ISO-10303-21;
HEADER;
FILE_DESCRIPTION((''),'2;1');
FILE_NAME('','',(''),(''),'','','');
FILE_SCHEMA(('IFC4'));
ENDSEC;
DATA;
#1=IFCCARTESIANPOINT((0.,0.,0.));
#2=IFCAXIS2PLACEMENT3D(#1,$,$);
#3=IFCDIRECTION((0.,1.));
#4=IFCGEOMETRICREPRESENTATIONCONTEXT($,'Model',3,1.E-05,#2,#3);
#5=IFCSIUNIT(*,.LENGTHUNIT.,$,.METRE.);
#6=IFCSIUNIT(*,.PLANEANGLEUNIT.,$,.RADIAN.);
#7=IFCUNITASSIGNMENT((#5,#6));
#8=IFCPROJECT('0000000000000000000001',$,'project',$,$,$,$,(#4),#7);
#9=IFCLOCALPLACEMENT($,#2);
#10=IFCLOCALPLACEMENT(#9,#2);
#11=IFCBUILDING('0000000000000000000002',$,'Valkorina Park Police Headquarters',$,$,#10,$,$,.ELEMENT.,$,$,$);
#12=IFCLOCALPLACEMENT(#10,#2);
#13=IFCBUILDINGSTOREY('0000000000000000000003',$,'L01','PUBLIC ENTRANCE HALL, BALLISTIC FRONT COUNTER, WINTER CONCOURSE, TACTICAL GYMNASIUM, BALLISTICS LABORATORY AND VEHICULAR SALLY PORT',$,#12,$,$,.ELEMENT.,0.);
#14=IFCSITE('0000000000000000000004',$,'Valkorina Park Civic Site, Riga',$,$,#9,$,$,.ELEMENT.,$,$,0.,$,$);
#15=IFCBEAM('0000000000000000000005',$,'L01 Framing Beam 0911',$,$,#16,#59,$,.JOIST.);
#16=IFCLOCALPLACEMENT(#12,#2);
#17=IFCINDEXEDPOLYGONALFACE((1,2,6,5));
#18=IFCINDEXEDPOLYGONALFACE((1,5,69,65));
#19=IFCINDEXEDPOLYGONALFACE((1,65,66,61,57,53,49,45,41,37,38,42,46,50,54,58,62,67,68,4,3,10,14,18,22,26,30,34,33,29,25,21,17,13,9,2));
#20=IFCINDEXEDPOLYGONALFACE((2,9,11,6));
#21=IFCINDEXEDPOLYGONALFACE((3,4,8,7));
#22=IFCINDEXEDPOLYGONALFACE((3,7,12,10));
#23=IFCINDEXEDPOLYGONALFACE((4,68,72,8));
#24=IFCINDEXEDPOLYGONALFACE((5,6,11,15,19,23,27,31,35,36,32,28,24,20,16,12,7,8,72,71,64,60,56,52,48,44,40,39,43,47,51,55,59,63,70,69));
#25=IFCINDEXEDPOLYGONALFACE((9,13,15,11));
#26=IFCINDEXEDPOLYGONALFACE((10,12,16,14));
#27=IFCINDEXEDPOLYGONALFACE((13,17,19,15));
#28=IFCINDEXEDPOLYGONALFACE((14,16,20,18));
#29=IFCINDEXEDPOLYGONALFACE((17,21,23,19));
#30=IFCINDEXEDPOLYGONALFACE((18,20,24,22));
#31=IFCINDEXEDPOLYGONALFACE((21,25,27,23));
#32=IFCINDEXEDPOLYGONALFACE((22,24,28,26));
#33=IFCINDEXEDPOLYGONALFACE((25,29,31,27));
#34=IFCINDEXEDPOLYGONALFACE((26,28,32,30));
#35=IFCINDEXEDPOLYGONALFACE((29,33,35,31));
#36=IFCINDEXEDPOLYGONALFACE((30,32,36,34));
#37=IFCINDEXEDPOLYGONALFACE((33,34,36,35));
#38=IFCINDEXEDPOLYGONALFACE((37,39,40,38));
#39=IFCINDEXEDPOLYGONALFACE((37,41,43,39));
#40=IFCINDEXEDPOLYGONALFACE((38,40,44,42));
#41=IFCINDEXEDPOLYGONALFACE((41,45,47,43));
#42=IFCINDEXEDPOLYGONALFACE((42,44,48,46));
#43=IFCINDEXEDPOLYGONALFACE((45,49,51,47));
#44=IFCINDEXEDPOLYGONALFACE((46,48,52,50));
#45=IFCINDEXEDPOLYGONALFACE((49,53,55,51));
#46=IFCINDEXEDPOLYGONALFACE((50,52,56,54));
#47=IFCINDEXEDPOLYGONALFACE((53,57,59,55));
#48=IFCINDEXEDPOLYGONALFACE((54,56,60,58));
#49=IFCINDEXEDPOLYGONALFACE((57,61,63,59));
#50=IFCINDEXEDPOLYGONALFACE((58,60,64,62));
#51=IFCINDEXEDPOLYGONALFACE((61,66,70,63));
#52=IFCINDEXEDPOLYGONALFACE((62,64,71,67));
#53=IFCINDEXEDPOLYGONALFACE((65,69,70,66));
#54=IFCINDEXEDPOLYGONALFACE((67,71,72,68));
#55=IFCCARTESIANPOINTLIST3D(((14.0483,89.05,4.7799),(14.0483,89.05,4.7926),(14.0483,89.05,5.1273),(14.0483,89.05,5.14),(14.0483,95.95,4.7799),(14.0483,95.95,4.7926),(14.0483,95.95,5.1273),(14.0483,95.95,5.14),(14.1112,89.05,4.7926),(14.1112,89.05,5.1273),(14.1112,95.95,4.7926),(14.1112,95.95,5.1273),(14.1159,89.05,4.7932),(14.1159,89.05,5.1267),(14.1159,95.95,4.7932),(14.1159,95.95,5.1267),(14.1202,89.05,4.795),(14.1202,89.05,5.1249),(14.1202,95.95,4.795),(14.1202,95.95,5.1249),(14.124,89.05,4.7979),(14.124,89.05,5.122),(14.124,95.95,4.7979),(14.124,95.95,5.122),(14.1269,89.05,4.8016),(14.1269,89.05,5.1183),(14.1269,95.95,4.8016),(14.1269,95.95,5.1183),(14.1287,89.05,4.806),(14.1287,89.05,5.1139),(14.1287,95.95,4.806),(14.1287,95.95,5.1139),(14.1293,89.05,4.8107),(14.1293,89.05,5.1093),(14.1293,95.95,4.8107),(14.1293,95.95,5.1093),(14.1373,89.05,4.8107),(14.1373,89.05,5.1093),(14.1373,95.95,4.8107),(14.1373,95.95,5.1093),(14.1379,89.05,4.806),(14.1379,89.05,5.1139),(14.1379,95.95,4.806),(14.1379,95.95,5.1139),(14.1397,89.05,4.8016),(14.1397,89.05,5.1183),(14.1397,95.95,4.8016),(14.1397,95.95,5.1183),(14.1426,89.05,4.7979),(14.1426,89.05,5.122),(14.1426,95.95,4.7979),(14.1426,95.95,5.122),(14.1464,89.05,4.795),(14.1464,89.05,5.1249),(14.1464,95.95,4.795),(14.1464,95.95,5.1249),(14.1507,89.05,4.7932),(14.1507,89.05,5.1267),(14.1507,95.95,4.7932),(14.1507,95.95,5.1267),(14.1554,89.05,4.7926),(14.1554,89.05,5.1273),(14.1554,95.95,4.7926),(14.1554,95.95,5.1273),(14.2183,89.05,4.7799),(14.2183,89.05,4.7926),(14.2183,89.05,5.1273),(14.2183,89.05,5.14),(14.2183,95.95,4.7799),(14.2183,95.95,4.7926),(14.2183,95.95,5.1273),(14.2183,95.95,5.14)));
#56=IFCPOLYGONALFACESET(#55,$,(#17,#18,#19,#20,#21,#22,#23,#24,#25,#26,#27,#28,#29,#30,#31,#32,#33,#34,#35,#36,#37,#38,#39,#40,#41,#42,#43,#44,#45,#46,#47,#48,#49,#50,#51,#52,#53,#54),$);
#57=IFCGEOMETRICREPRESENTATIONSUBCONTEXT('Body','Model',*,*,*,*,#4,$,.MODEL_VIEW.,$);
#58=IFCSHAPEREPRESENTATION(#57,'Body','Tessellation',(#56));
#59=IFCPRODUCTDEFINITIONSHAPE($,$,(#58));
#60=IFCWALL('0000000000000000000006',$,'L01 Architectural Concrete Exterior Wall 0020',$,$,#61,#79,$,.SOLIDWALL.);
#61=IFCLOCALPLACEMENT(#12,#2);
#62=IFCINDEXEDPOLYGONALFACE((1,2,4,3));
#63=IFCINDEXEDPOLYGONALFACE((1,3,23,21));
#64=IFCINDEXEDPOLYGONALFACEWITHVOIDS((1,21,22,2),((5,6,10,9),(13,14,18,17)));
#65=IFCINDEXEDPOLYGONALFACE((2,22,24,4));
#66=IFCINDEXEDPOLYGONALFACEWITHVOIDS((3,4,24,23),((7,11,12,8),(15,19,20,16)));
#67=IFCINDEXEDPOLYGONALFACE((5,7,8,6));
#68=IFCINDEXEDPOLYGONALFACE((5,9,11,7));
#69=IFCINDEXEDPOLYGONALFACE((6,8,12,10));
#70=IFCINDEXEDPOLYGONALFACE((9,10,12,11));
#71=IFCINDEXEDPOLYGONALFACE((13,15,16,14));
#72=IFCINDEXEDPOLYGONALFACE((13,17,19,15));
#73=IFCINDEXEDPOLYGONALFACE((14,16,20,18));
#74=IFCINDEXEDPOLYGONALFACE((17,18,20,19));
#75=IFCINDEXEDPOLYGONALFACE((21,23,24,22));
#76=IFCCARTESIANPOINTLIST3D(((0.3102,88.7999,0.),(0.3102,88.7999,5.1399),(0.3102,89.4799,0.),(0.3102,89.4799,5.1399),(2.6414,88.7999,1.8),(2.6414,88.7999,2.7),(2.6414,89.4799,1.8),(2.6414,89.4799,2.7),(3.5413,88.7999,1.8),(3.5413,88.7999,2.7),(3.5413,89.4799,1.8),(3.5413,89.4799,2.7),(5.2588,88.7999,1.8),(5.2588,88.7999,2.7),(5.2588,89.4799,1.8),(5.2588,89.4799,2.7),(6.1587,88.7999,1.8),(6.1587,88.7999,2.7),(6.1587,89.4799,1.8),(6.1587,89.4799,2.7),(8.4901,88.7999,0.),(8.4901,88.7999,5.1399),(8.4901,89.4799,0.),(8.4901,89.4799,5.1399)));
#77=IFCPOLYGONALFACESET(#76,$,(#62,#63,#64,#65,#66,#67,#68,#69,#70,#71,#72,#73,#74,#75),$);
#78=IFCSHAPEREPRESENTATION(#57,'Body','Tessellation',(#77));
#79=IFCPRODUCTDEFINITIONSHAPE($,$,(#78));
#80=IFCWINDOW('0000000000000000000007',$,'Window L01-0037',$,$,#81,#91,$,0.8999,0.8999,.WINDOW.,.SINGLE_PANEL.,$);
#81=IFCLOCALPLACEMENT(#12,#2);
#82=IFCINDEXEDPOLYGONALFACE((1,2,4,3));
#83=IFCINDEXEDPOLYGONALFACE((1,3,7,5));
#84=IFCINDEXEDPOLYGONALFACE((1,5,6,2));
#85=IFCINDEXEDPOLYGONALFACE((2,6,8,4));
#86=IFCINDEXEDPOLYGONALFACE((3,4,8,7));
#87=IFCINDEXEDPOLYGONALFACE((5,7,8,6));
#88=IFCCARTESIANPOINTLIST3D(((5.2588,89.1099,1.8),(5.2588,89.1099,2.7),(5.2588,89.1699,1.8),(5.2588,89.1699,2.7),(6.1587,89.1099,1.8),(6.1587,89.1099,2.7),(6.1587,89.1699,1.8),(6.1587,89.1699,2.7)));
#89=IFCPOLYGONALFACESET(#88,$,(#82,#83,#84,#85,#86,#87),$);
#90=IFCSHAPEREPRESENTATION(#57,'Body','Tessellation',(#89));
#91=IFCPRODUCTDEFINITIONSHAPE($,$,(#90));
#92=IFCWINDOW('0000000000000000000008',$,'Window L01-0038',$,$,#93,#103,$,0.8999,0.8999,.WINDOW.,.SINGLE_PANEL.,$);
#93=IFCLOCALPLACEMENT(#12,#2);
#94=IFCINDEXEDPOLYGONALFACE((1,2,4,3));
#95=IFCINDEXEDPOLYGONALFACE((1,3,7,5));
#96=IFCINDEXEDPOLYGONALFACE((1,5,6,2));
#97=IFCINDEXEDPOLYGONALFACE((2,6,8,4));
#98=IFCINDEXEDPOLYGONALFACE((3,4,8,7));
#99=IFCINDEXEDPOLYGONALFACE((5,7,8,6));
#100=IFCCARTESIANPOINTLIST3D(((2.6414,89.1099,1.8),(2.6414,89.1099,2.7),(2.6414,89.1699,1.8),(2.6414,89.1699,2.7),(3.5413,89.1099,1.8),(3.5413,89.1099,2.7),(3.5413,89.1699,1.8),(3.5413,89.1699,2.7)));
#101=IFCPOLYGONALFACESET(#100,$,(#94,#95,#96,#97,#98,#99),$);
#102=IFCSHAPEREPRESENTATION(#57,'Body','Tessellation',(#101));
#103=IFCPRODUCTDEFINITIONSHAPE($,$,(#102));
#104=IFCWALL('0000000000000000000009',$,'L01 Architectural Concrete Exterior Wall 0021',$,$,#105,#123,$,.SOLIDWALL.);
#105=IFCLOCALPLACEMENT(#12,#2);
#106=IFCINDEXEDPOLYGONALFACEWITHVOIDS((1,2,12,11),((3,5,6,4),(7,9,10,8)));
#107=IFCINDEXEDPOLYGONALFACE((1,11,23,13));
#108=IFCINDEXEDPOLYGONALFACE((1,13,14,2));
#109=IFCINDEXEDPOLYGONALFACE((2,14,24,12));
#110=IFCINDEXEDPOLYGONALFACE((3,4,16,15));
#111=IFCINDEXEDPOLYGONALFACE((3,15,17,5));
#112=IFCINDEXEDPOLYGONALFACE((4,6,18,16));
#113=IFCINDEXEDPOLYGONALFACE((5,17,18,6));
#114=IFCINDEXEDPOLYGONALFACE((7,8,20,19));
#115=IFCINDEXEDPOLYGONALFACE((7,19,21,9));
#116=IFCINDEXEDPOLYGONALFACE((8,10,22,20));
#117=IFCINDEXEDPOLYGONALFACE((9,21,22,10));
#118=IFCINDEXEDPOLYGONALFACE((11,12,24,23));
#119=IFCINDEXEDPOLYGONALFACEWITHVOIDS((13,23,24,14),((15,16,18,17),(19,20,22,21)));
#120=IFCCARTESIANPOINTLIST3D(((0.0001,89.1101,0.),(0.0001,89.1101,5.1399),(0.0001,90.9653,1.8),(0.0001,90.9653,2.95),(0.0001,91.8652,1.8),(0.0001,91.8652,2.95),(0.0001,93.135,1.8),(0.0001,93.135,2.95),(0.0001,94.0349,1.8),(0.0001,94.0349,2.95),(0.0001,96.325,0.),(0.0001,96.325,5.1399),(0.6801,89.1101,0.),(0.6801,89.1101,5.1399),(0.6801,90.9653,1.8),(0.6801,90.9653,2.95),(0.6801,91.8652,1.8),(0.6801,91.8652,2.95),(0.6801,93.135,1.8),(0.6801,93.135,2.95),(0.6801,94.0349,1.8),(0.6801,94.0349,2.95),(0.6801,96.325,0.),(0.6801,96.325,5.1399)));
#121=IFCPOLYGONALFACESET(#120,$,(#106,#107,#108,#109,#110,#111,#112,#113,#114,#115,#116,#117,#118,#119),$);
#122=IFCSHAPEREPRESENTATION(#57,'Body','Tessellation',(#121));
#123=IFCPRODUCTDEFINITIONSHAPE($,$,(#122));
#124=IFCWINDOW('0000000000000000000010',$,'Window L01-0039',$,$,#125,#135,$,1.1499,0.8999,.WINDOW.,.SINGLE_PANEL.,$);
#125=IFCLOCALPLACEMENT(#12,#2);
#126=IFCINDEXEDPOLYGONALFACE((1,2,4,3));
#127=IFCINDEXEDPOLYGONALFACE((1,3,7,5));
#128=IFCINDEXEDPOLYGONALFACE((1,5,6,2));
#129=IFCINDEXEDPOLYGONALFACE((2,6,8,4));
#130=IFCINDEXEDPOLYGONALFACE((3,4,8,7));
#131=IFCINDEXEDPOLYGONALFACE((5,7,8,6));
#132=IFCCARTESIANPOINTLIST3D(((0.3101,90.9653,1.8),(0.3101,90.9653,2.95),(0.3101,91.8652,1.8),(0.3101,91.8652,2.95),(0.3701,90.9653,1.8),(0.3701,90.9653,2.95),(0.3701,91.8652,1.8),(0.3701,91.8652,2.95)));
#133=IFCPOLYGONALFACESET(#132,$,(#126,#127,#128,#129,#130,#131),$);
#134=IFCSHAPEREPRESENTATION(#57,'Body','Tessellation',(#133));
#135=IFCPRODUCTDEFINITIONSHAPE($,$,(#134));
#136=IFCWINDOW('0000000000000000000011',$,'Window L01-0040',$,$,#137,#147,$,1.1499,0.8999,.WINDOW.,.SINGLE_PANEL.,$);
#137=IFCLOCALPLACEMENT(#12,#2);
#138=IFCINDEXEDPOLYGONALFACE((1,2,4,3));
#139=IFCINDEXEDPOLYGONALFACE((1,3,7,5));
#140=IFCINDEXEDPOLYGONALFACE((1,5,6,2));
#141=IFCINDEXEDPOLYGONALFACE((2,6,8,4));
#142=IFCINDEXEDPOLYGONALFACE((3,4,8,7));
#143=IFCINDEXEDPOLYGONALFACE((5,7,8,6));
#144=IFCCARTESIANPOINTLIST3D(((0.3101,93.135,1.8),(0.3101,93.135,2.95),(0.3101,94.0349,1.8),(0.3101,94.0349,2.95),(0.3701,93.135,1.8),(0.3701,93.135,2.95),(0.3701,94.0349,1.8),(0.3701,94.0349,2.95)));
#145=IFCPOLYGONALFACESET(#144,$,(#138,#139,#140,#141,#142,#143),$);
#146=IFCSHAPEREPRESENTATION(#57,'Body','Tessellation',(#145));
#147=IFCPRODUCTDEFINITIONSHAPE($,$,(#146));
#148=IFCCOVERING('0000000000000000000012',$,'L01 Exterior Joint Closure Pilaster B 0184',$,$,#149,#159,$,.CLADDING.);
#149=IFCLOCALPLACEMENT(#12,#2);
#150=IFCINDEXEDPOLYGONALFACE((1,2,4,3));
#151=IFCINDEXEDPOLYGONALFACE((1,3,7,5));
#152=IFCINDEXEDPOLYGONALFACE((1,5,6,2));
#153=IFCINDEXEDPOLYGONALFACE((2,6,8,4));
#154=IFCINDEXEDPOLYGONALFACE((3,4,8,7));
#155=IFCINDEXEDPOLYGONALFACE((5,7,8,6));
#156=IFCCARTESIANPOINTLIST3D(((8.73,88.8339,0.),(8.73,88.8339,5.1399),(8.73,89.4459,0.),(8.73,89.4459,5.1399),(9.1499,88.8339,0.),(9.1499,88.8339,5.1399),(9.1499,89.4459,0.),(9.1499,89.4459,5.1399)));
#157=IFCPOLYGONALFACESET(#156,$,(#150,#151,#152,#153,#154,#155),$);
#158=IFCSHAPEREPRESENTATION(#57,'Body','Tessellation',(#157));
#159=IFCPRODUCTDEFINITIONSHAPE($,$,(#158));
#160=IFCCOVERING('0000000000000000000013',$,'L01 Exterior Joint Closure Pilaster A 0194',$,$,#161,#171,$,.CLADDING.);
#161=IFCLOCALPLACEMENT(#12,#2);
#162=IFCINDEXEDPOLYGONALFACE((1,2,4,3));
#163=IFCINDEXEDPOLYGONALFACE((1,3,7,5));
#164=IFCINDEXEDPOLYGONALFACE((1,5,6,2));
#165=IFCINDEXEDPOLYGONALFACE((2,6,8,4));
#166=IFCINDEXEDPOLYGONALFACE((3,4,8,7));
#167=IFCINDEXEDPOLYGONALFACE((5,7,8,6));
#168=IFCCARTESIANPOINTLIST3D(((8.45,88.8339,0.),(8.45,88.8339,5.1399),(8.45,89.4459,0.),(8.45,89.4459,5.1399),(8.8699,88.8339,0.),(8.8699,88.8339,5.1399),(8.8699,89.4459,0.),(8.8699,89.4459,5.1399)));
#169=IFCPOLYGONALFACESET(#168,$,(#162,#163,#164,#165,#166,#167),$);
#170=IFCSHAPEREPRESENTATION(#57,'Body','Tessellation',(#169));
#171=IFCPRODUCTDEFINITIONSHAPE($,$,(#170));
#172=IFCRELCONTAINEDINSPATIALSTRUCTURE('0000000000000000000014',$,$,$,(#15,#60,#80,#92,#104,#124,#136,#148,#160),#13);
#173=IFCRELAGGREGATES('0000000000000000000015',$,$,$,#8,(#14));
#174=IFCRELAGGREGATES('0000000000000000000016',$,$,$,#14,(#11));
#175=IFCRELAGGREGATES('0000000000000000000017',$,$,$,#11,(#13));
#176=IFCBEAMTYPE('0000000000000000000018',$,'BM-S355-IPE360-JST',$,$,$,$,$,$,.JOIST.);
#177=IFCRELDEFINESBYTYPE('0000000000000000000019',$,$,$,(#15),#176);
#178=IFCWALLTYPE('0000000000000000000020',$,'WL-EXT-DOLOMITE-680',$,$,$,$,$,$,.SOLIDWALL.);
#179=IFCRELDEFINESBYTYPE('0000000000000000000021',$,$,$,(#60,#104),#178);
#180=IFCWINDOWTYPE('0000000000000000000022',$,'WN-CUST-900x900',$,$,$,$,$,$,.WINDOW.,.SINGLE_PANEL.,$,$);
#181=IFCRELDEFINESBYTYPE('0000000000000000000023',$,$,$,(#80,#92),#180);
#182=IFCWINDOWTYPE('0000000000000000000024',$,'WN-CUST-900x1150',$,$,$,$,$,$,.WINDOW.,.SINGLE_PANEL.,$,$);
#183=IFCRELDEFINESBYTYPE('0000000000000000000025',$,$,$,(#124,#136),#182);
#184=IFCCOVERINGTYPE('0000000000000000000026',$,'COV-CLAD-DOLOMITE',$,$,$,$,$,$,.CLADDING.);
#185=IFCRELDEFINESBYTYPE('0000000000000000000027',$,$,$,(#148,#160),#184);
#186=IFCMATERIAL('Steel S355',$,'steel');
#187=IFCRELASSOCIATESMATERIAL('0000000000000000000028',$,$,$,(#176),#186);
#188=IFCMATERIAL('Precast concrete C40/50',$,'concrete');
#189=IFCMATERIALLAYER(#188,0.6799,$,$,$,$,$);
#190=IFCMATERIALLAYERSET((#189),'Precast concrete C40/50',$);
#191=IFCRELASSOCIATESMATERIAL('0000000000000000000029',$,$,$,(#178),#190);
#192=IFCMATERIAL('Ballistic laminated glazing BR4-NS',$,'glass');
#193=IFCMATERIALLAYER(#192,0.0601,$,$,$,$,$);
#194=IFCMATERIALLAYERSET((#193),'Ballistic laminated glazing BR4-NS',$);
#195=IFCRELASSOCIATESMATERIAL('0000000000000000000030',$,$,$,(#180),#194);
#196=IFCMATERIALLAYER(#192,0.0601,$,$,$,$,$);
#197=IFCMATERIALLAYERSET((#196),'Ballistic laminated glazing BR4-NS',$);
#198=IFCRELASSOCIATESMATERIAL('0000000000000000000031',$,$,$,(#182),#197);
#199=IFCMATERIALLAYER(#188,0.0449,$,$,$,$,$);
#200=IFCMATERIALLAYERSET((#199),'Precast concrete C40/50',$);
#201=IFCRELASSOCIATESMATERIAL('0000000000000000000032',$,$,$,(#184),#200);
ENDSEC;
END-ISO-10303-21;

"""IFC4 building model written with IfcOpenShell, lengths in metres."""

from ifc_helpers import new_model, si_unit, direction, frame, frame_2d, origin, origin_2d, place, context, subcontext, project, spatial, rectangle, i_section, extrude, material, layer, layer_set, material_profile, profile_set, type_object, element, fill, save


model = new_model("IFC4")

# Units and contexts
model_context = context("Model", 3, precision=1e-05, world=origin(), true_north=direction((0.0, 1.0)))
body_context = subcontext(model_context, "Body", "Model", "MODEL_VIEW")
ifc_project = project(units=[si_unit("LENGTHUNIT", "METRE"), si_unit("PLANEANGLEUNIT", "RADIAN")], contexts=[model_context])

# Site, building, storey
site_placement = place(None, origin())
site = spatial("IfcSite", under=ifc_project, at=site_placement, Name="Valkorina Park Civic Site, Riga", CompositionType="ELEMENT", RefElevation=0.0)
building_placement = place(site_placement, origin())
building = spatial("IfcBuilding", under=site, at=building_placement, Name="Valkorina Park Police Headquarters", CompositionType="ELEMENT")
storey_placement = place(building_placement, origin())
storey = spatial("IfcBuildingStorey", under=building, at=storey_placement, Name="L01", Description="PUBLIC ENTRANCE HALL, BALLISTIC FRONT COUNTER, WINTER CONCOURSE, TACTICAL GYMNASIUM, BALLISTICS LABORATORY AND VEHICULAR SALLY PORT", CompositionType="ELEMENT", Elevation=0.0)

# Beam
ifc_material_1 = material(Name="Steel S355", Category="steel")
ifc_material_profile_1 = material_profile(ifc_material_1, i_section(OverallWidth=0.1699, OverallDepth=0.3601, WebThickness=0.0081, FlangeThickness=0.0127, FilletRadius=0.0181, at=origin_2d()), Name="IPE 360")
ifc_profile_set_1 = profile_set([ifc_material_profile_1], Name="Steel S355")
beam_type_1 = type_object("IfcBeamType", Name="BM-S355-IPE360-JST", PredefinedType="JOIST", material=ifc_profile_set_1)
for number, where, z_axis, x_axis, name in (
    (1, (14.1333, 89.05, 4.96), (0.0, 1.0, 0.0), (-1.0, 0.0, 0.0), "L01 Framing Beam 0911"),
):
    element("IfcBeam", number, at=place(storey_placement, frame(where, z_axis=z_axis, x_axis=x_axis)), inside=storey, type_object=beam_type_1, Name=name, PredefinedType="JOIST", context=body_context, shape_type="SweptSolid", body=[
        extrude(i_section(OverallWidth=0.1699, OverallDepth=0.3601, WebThickness=0.0081, FlangeThickness=0.0127, FilletRadius=0.0181, at=origin_2d()), origin(), (0.0, 0.0, 1.0), 6.8999),
    ])

# Walls, openings, windows
ifc_material_2 = material(Name="Precast concrete C40/50", Category="concrete")
ifc_layer_1 = layer(ifc_material_2, 0.6799)
ifc_layer_set_1 = layer_set([ifc_layer_1], Name="Precast concrete C40/50")
wall_type = type_object("IfcWallType", Name="WL-EXT-DOLOMITE-680", PredefinedType="SOLIDWALL", material=ifc_layer_set_1)
wall_1_placement = place(storey_placement, frame((8.49, 89.1399, 0.0), z_axis=(0.0, 0.0, 1.0), x_axis=(-1.0, 0.0, 0.0)))
wall_1 = element("IfcWall", 2, at=wall_1_placement, inside=storey, type_object=wall_type, Name="L01 Architectural Concrete Exterior Wall 0020", PredefinedType="SOLIDWALL", context=body_context, shape_type="SweptSolid", body=[
    extrude(rectangle(XDim=8.1799, YDim=0.6799, at=frame_2d((4.0898, 0.0))), origin(), (0.0, 0.0, 1.0), 5.1399),
])
opening_1_placement = place(wall_1_placement, frame((2.3313, 0.0, 1.8)))
opening_1 = element("IfcOpeningElement", 3, at=opening_1_placement, cuts=wall_1, PredefinedType="OPENING", context=body_context, shape_type="SweptSolid", body=[
    extrude(rectangle(XDim=0.8999, YDim=0.8999, at=frame_2d((0.45, 0.45))), frame((0.0, 0.3501, 0.0), z_axis=(0.0, -1.0, 0.0), x_axis=(1.0, 0.0, 0.0)), (0.0, 0.0, 1.0), 0.7),
])
opening_2_placement = place(wall_1_placement, frame((4.9487, 0.0, 1.8)))
opening_2 = element("IfcOpeningElement", 4, at=opening_2_placement, cuts=wall_1, PredefinedType="OPENING", context=body_context, shape_type="SweptSolid", body=[
    extrude(rectangle(XDim=0.8999, YDim=0.8999, at=frame_2d((0.45, 0.45))), frame((0.0, 0.3501, 0.0), z_axis=(0.0, -1.0, 0.0), x_axis=(1.0, 0.0, 0.0)), (0.0, 0.0, 1.0), 0.7),
])
ifc_material_3 = material(Name="Ballistic laminated glazing BR4-NS", Category="glass")
ifc_layer_2 = layer(ifc_material_3, 0.0601)
ifc_layer_set_2 = layer_set([ifc_layer_2], Name="Ballistic laminated glazing BR4-NS")
window_type_1 = type_object("IfcWindowType", Name="WN-CUST-900x900", PartitioningType="SINGLE_PANEL", PredefinedType="WINDOW", material=ifc_layer_set_2)
window_1_placement = place(opening_1_placement, origin())
window_1 = element("IfcWindow", 5, at=window_1_placement, inside=storey, type_object=window_type_1, Name="Window L01-0037", OverallHeight=0.8999, OverallWidth=0.8999, PartitioningType="SINGLE_PANEL", PredefinedType="WINDOW", context=body_context, shape_type="SweptSolid", body=[
    extrude(rectangle(XDim=0.8999, YDim=0.8999, at=frame_2d((0.45, 0.45))), frame((0.0, 0.03, 0.0), z_axis=(0.0, -1.0, 0.0), x_axis=(1.0, 0.0, 0.0)), (0.0, 0.0, 1.0), 0.0601),
])
fill(opening_1, window_1)
window_2_placement = place(opening_2_placement, origin())
window_2 = element("IfcWindow", 6, at=window_2_placement, inside=storey, type_object=window_type_1, Name="Window L01-0038", OverallHeight=0.8999, OverallWidth=0.8999, PartitioningType="SINGLE_PANEL", PredefinedType="WINDOW", context=body_context, shape_type="SweptSolid", body=[
    extrude(rectangle(XDim=0.8999, YDim=0.8999, at=frame_2d((0.45, 0.45))), frame((0.0, 0.03, 0.0), z_axis=(0.0, -1.0, 0.0), x_axis=(1.0, 0.0, 0.0)), (0.0, 0.0, 1.0), 0.0601),
])
fill(opening_2, window_2)
wall_2_placement = place(storey_placement, frame((0.3401, 89.1101, 0.0), z_axis=(0.0, 0.0, 1.0), x_axis=(0.0, 1.0, 0.0)))
wall_2 = element("IfcWall", 7, at=wall_2_placement, inside=storey, type_object=wall_type, Name="L01 Architectural Concrete Exterior Wall 0021", PredefinedType="SOLIDWALL", context=body_context, shape_type="SweptSolid", body=[
    extrude(rectangle(XDim=7.2148, YDim=0.6799, at=frame_2d((3.6074, 0.0))), origin(), (0.0, 0.0, 1.0), 5.1399),
])
opening_3_placement = place(wall_2_placement, frame((1.8552, 0.0, 1.8)))
opening_3 = element("IfcOpeningElement", 8, at=opening_3_placement, cuts=wall_2, PredefinedType="OPENING", context=body_context, shape_type="SweptSolid", body=[
    extrude(rectangle(XDim=0.8999, YDim=1.1499, at=frame_2d((0.45, 0.575))), frame((0.0, 0.3501, 0.0), z_axis=(0.0, -1.0, 0.0), x_axis=(1.0, 0.0, 0.0)), (0.0, 0.0, 1.0), 0.7),
])
opening_4_placement = place(wall_2_placement, frame((4.0249, 0.0, 1.8)))
opening_4 = element("IfcOpeningElement", 9, at=opening_4_placement, cuts=wall_2, PredefinedType="OPENING", context=body_context, shape_type="SweptSolid", body=[
    extrude(rectangle(XDim=0.8999, YDim=1.1499, at=frame_2d((0.45, 0.575))), frame((0.0, 0.3501, 0.0), z_axis=(0.0, -1.0, 0.0), x_axis=(1.0, 0.0, 0.0)), (0.0, 0.0, 1.0), 0.7),
])
ifc_layer_3 = layer(ifc_material_3, 0.0601)
ifc_layer_set_3 = layer_set([ifc_layer_3], Name="Ballistic laminated glazing BR4-NS")
window_type_2 = type_object("IfcWindowType", Name="WN-CUST-900x1150", PartitioningType="SINGLE_PANEL", PredefinedType="WINDOW", material=ifc_layer_set_3)
window_3_placement = place(opening_3_placement, origin())
window_3 = element("IfcWindow", 10, at=window_3_placement, inside=storey, type_object=window_type_2, Name="Window L01-0039", OverallHeight=1.1499, OverallWidth=0.8999, PartitioningType="SINGLE_PANEL", PredefinedType="WINDOW", context=body_context, shape_type="SweptSolid", body=[
    extrude(rectangle(XDim=0.8999, YDim=1.1499, at=frame_2d((0.45, 0.575))), frame((0.0, 0.03, 0.0), z_axis=(0.0, -1.0, 0.0), x_axis=(1.0, 0.0, 0.0)), (0.0, 0.0, 1.0), 0.0601),
])
fill(opening_3, window_3)
window_4_placement = place(opening_4_placement, origin())
window_4 = element("IfcWindow", 11, at=window_4_placement, inside=storey, type_object=window_type_2, Name="Window L01-0040", OverallHeight=1.1499, OverallWidth=0.8999, PartitioningType="SINGLE_PANEL", PredefinedType="WINDOW", context=body_context, shape_type="SweptSolid", body=[
    extrude(rectangle(XDim=0.8999, YDim=1.1499, at=frame_2d((0.45, 0.575))), frame((0.0, 0.03, 0.0), z_axis=(0.0, -1.0, 0.0), x_axis=(1.0, 0.0, 0.0)), (0.0, 0.0, 1.0), 0.0601),
])
fill(opening_4, window_4)

# Coverings
ifc_layer_4 = layer(ifc_material_2, 0.0449)
ifc_layer_set_4 = layer_set([ifc_layer_4], Name="Precast concrete C40/50")
covering_type = type_object("IfcCoveringType", Name="COV-CLAD-DOLOMITE", PredefinedType="CLADDING", material=ifc_layer_set_4)
for number, where, z_axis, x_axis, name in (
    (12, (8.9399, 89.1399, 0.0), (0.0, 0.0, 1.0), (1.0, 0.0, 0.0), "L01 Exterior Joint Closure Pilaster B 0184"),
    (13, (8.6599, 89.1399, 0.0), (0.0, 0.0, 1.0), (1.0, 0.0, 0.0), "L01 Exterior Joint Closure Pilaster A 0194"),
):
    element("IfcCovering", number, at=place(storey_placement, frame(where, z_axis=z_axis, x_axis=x_axis)), inside=storey, type_object=covering_type, Name=name, PredefinedType="CLADDING", context=body_context, shape_type="SweptSolid", body=[
        extrude(rectangle(XDim=0.4199, YDim=0.6121, at=origin_2d()), origin(), (0.0, 0.0, 1.0), 5.1399),
    ])

save(model, "model.ifc")
